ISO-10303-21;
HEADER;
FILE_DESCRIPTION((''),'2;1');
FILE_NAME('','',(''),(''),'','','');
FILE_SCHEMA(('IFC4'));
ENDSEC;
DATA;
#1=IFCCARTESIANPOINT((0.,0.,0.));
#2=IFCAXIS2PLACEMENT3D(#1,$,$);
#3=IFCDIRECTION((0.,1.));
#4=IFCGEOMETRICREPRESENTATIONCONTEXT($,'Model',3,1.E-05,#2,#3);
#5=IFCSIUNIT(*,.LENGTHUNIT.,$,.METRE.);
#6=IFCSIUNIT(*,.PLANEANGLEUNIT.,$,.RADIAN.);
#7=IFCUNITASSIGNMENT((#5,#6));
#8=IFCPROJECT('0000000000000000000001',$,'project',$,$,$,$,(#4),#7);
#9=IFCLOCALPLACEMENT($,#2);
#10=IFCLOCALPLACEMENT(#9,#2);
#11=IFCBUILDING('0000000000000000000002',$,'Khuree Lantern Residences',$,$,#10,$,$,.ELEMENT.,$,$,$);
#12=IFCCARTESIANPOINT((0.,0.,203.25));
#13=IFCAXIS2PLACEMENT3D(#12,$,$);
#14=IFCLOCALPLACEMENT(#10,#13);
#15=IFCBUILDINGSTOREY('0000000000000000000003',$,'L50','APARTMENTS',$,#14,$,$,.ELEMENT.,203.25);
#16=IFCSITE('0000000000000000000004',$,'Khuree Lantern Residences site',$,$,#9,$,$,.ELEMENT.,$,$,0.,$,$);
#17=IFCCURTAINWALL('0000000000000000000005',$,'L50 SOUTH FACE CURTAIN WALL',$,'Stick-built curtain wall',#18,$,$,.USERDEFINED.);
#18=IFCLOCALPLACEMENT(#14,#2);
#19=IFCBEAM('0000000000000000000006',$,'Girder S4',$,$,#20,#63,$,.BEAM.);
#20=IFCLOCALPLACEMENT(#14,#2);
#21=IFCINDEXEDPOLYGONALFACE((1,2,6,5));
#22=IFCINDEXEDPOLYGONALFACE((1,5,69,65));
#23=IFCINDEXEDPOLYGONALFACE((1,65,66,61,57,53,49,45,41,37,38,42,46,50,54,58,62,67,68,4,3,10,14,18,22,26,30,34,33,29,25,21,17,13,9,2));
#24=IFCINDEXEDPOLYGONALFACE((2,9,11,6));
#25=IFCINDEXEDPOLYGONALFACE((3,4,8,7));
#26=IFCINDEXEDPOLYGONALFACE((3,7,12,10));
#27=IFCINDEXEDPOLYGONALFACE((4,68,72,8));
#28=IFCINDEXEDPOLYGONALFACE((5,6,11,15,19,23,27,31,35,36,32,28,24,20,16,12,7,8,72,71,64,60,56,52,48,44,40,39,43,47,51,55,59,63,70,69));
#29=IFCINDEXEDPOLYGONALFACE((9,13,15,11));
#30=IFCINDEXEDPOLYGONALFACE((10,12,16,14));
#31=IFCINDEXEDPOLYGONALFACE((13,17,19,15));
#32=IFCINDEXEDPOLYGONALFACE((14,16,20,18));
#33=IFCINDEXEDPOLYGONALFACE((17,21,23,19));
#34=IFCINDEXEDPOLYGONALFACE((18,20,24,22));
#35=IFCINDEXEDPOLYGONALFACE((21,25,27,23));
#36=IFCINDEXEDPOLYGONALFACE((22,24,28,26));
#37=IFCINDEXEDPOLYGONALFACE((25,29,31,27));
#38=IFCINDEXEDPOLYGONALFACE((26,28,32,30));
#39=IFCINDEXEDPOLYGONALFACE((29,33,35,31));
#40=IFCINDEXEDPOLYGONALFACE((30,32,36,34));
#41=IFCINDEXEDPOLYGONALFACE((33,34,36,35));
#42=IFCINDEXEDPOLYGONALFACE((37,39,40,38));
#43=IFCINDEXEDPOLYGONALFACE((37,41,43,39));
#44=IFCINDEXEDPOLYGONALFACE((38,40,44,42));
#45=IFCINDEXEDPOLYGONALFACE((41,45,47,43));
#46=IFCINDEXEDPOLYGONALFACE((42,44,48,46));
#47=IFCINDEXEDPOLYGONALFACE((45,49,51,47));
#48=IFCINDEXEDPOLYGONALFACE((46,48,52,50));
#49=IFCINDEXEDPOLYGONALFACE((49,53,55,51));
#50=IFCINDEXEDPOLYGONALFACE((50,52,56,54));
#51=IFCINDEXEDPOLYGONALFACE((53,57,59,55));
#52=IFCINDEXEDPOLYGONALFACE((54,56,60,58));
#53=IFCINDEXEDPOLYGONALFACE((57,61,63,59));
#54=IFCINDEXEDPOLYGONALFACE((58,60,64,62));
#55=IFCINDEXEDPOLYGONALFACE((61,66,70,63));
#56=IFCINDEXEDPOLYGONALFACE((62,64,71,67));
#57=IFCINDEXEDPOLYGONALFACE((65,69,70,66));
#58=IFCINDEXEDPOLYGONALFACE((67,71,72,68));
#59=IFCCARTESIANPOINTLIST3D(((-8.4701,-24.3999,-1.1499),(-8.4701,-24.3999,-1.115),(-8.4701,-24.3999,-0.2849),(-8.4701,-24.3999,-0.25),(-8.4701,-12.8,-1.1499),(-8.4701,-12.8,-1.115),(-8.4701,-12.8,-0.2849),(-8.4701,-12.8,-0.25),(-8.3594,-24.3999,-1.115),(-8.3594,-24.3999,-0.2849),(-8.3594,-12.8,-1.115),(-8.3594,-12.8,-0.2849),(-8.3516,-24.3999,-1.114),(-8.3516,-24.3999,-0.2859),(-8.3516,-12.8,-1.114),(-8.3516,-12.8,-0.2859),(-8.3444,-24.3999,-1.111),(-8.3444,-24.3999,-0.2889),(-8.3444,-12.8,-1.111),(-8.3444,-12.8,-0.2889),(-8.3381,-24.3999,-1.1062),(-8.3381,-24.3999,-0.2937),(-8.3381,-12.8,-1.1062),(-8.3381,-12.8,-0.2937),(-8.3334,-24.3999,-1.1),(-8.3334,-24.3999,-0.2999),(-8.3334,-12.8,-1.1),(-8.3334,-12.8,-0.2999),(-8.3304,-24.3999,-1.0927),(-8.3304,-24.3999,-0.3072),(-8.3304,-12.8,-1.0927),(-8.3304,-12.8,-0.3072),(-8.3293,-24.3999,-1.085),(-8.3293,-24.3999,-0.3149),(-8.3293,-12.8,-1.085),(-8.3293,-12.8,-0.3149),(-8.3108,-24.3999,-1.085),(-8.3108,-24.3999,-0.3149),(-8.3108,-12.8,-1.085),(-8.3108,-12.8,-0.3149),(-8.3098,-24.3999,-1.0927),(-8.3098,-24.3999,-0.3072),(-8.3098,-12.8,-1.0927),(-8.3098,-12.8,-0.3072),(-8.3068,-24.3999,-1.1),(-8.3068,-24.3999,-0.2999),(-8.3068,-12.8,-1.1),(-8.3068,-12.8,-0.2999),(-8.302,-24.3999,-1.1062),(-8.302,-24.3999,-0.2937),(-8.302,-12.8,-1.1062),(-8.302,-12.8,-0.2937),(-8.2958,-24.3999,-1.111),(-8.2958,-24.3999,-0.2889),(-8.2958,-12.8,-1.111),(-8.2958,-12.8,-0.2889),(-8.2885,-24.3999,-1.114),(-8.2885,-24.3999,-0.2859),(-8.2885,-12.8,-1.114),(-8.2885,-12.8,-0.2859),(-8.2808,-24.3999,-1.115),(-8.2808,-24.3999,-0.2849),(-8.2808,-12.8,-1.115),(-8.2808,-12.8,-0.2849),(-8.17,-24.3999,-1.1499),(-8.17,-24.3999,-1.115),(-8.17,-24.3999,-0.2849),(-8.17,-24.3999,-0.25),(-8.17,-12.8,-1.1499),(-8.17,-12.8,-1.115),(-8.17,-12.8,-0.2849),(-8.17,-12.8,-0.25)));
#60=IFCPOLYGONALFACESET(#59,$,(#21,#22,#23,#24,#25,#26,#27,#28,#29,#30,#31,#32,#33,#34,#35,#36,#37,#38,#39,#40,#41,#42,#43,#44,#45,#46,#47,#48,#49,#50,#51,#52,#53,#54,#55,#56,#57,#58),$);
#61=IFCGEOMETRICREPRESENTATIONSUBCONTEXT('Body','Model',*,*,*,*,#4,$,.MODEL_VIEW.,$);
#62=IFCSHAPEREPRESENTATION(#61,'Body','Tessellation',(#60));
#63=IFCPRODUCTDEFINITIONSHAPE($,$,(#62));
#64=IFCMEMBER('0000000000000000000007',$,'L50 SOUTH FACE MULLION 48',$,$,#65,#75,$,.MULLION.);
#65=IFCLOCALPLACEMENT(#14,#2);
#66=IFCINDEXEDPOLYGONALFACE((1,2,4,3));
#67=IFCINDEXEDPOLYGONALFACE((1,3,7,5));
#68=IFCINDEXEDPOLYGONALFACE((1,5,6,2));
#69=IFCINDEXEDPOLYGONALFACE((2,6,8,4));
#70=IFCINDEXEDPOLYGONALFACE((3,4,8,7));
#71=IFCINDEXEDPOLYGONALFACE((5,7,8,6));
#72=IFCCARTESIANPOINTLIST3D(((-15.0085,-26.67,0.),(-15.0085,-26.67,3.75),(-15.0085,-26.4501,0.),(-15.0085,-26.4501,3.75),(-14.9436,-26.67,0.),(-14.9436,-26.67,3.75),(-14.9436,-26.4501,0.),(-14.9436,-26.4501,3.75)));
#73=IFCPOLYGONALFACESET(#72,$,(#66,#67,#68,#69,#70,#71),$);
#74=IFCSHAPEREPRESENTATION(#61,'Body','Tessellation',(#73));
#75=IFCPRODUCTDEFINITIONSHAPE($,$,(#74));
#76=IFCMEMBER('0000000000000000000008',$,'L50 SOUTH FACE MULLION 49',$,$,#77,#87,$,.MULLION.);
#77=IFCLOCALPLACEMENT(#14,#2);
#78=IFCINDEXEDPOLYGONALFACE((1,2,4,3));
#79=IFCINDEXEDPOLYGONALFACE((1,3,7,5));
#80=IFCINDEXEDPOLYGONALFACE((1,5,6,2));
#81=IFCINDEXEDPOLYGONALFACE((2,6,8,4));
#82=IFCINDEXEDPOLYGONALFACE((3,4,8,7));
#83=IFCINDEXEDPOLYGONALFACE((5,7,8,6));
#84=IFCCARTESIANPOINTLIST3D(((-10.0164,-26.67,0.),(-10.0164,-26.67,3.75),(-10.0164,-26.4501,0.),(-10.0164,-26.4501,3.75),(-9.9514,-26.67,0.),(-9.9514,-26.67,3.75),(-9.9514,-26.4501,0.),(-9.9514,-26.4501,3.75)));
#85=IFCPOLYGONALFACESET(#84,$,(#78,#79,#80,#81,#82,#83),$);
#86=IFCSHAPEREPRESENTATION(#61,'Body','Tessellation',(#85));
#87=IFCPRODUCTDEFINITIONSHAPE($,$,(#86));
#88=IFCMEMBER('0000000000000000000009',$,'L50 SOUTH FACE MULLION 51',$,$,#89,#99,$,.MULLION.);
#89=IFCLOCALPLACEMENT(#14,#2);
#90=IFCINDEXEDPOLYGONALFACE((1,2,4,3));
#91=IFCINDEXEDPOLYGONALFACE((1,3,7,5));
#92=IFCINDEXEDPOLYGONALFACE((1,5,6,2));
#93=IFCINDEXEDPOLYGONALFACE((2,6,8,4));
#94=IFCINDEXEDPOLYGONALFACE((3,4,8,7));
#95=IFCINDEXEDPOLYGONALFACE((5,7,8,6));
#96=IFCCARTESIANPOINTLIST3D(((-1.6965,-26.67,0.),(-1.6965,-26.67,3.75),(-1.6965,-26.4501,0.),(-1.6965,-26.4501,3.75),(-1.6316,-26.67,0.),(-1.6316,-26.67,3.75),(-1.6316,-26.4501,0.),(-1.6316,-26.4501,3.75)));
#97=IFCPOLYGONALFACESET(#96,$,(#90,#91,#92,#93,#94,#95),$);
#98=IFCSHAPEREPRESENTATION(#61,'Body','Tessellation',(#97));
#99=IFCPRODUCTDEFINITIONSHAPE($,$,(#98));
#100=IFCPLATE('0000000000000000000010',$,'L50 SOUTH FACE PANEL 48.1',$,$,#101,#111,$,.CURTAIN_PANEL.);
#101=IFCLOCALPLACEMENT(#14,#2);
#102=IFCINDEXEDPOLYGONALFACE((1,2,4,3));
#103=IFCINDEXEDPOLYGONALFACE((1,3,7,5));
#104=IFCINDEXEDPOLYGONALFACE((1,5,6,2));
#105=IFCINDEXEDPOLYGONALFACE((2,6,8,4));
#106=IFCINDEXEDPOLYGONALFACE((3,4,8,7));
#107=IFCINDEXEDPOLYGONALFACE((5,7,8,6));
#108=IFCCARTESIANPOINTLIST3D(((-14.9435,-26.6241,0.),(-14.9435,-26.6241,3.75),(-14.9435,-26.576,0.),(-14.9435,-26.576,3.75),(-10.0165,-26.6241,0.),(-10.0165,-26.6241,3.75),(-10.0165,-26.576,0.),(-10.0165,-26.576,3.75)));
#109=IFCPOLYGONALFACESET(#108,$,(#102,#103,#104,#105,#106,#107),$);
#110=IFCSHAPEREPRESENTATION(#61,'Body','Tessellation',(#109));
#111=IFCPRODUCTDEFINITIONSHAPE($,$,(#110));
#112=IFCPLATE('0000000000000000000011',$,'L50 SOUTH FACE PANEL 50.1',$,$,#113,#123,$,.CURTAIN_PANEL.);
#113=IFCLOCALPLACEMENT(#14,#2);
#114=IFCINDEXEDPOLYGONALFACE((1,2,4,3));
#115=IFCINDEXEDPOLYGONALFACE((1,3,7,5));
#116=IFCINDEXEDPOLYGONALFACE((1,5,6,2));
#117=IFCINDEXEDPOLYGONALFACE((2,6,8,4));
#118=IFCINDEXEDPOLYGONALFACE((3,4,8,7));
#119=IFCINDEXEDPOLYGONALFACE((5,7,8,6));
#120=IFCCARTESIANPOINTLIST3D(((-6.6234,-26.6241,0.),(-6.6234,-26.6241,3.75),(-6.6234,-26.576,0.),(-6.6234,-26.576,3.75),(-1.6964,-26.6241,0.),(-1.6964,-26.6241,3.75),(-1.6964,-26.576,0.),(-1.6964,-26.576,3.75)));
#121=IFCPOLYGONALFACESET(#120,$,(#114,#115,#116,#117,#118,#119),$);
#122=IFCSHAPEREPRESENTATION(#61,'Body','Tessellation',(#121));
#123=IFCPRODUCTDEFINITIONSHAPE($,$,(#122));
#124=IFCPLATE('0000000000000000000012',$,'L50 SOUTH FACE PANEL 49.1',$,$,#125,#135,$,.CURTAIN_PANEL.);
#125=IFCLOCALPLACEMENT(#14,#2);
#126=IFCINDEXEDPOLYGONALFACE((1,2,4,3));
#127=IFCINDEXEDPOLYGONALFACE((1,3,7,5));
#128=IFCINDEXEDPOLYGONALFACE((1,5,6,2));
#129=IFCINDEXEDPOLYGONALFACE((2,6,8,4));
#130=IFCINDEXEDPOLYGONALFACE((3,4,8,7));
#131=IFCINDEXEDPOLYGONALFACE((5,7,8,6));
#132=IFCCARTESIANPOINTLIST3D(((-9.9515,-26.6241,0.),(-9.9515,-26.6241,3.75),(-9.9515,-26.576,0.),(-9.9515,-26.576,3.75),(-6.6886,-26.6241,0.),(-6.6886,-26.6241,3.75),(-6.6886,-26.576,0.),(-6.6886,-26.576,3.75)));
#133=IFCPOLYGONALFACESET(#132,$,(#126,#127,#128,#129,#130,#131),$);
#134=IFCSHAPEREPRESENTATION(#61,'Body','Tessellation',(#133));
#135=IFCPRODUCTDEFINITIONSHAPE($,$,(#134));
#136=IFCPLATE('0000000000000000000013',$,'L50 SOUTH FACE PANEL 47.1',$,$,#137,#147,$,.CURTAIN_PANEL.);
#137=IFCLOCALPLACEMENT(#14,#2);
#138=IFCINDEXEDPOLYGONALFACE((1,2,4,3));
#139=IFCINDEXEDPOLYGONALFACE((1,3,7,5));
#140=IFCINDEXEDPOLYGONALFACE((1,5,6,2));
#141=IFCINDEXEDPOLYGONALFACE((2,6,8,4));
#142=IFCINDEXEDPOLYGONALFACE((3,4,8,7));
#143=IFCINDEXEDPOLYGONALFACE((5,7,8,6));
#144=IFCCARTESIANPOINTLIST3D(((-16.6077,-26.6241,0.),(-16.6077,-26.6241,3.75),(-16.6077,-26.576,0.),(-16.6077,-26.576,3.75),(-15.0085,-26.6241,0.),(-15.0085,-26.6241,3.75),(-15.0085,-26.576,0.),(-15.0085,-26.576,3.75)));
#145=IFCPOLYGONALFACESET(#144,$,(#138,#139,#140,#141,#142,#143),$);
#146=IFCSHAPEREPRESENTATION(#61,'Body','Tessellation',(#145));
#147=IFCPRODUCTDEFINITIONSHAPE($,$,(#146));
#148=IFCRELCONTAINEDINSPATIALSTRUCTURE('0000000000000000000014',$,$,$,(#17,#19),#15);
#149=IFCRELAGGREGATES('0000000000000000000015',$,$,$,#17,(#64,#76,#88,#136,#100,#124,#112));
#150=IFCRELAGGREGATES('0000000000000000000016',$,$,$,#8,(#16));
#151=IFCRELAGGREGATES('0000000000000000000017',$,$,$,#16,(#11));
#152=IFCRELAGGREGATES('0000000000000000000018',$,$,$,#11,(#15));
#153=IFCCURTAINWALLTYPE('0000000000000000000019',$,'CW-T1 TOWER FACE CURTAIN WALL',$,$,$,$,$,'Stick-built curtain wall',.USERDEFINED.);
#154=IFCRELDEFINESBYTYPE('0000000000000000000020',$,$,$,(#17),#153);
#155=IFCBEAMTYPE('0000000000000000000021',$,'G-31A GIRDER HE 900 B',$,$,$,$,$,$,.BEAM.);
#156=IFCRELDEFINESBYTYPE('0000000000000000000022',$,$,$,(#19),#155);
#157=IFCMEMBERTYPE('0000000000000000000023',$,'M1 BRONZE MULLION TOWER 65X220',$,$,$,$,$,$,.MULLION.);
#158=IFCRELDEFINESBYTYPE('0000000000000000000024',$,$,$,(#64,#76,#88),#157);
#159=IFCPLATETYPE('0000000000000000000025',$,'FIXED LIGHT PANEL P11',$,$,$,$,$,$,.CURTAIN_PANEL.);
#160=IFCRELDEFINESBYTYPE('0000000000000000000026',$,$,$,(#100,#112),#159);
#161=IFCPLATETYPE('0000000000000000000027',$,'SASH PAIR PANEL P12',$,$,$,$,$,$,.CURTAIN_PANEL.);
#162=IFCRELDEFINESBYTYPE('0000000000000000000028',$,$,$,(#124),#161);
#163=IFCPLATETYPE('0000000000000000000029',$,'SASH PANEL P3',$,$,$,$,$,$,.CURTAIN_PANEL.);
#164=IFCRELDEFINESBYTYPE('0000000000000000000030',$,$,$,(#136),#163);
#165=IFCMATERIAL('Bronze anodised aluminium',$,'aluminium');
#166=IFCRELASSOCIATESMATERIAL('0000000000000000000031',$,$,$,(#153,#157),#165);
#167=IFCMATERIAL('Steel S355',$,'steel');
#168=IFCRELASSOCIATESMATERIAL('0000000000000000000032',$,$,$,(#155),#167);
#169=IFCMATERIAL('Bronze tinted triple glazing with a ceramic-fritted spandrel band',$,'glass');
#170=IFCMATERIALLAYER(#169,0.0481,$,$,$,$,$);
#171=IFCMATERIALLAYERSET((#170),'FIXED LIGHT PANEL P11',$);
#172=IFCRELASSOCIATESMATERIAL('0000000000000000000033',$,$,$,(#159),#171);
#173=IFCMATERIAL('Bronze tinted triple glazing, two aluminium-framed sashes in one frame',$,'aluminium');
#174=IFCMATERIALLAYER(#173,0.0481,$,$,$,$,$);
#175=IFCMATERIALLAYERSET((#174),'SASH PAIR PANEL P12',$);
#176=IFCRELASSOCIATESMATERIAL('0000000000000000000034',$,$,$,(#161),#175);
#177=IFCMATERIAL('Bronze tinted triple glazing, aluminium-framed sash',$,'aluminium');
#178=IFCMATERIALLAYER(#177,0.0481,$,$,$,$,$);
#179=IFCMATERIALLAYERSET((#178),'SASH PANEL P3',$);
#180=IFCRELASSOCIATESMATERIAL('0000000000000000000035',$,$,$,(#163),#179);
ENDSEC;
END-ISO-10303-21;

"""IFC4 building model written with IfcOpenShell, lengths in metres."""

from ifc_helpers import new_model, si_unit, direction, frame, origin, origin_2d, place, context, subcontext, project, spatial, rectangle, i_section, extrude, material, layer, layer_set, material_profile, profile_set, type_object, element, aggregate, save


model = new_model("IFC4")

# Units and contexts
model_context = context("Model", 3, precision=1e-05, world=origin(), true_north=direction((0.0, 1.0)))
body_context = subcontext(model_context, "Body", "Model", "MODEL_VIEW")
ifc_project = project(units=[si_unit("LENGTHUNIT", "METRE"), si_unit("PLANEANGLEUNIT", "RADIAN")], contexts=[model_context])

# Site, building, storey
site_placement = place(None, origin())
site = spatial("IfcSite", under=ifc_project, at=site_placement, Name="Khuree Lantern Residences site", CompositionType="ELEMENT", RefElevation=0.0)
building_placement = place(site_placement, origin())
building = spatial("IfcBuilding", under=site, at=building_placement, Name="Khuree Lantern Residences", CompositionType="ELEMENT")
storey_placement = place(building_placement, frame((0.0, 0.0, 203.25)))
storey = spatial("IfcBuildingStorey", under=building, at=storey_placement, Name="L50", Description="APARTMENTS", CompositionType="ELEMENT", Elevation=203.25)

# Shared definitions
ifc_material_1 = material(Name="Steel S355", Category="steel")

# Curtain wall
ifc_material_2 = material(Name="Bronze anodised aluminium", Category="aluminium")
curtain_wall_type = type_object("IfcCurtainWallType", Name="CW-T1 TOWER FACE CURTAIN WALL", ElementType="Stick-built curtain wall", PredefinedType="USERDEFINED", material=ifc_material_2)
curtain_wall_placement = place(storey_placement, origin())
curtain_wall = element("IfcCurtainWall", 1, at=curtain_wall_placement, inside=storey, type_object=curtain_wall_type, Name="L50 SOUTH FACE CURTAIN WALL", ObjectType="Stick-built curtain wall", PredefinedType="USERDEFINED")

# Beam
ifc_material_profile_1 = material_profile(ifc_material_1, i_section(OverallWidth=0.3, OverallDepth=0.8999, WebThickness=0.0186, FlangeThickness=0.0349, FilletRadius=0.03, at=origin_2d()), Name="HE 900 B")
ifc_profile_set_1 = profile_set([ifc_material_profile_1], Name="Steel S355")
beam_type_1 = type_object("IfcBeamType", Name="G-31A GIRDER HE 900 B", PredefinedType="BEAM", material=ifc_profile_set_1)
beam_1_placement = place(storey_placement, frame((-8.3201, -24.3999, -0.7), z_axis=(0.0, 1.0, 0.0), x_axis=(-1.0, 0.0, 0.0)))
element("IfcBeam", 2, at=beam_1_placement, inside=storey, type_object=beam_type_1, Name="Girder S4", PredefinedType="BEAM", context=body_context, shape_type="SweptSolid", body=[
    extrude(i_section(OverallWidth=0.3, OverallDepth=0.8999, WebThickness=0.0186, FlangeThickness=0.0349, FilletRadius=0.03, at=origin_2d()), origin(), (0.0, 0.0, 1.0), 11.5999),
])

# Members
ifc_material_profile_2 = material_profile(ifc_material_2, rectangle(XDim=0.0649, YDim=0.22, at=origin_2d()), Name="M1 65X220")
ifc_profile_set_2 = profile_set([ifc_material_profile_2], Name="Bronze anodised aluminium")
member_type_1 = type_object("IfcMemberType", Name="M1 BRONZE MULLION TOWER 65X220", PredefinedType="MULLION", material=ifc_profile_set_2)
member_1_placement = place(storey_placement, frame((-14.9761, -26.5601, 0.0), z_axis=(0.0, 0.0, 1.0), x_axis=(1.0, 0.0, 0.0)))
member_1 = element("IfcMember", 3, at=member_1_placement, type_object=member_type_1, Name="L50 SOUTH FACE MULLION 48", PredefinedType="MULLION", context=body_context, shape_type="SweptSolid", body=[
    extrude(rectangle(XDim=0.0649, YDim=0.22, at=origin_2d()), origin(), (0.0, 0.0, 1.0), 3.75),
])
member_2_placement = place(storey_placement, frame((-9.9839, -26.5601, 0.0), z_axis=(0.0, 0.0, 1.0), x_axis=(1.0, 0.0, 0.0)))
member_2 = element("IfcMember", 4, at=member_2_placement, type_object=member_type_1, Name="L50 SOUTH FACE MULLION 49", PredefinedType="MULLION", context=body_context, shape_type="SweptSolid", body=[
    extrude(rectangle(XDim=0.0649, YDim=0.22, at=origin_2d()), origin(), (0.0, 0.0, 1.0), 3.75),
])
member_3_placement = place(storey_placement, frame((-1.6641, -26.5601, 0.0), z_axis=(0.0, 0.0, 1.0), x_axis=(1.0, 0.0, 0.0)))
member_3 = element("IfcMember", 5, at=member_3_placement, type_object=member_type_1, Name="L50 SOUTH FACE MULLION 51", PredefinedType="MULLION", context=body_context, shape_type="SweptSolid", body=[
    extrude(rectangle(XDim=0.0649, YDim=0.22, at=origin_2d()), origin(), (0.0, 0.0, 1.0), 3.75),
])

# Plates
ifc_material_3 = material(Name="Bronze tinted triple glazing with a ceramic-fritted spandrel band", Category="glass")
ifc_layer_1 = layer(ifc_material_3, 0.0481)
ifc_layer_set_1 = layer_set([ifc_layer_1], Name="FIXED LIGHT PANEL P11")
plate_type_1 = type_object("IfcPlateType", Name="FIXED LIGHT PANEL P11", PredefinedType="CURTAIN_PANEL", material=ifc_layer_set_1)
plate_1_placement = place(storey_placement, frame((-12.48, -26.6001, 0.0), z_axis=(0.0, 0.0, 1.0), x_axis=(1.0, 0.0, 0.0)))
plate_1 = element("IfcPlate", 6, at=plate_1_placement, type_object=plate_type_1, Name="L50 SOUTH FACE PANEL 48.1", PredefinedType="CURTAIN_PANEL", context=body_context, shape_type="SweptSolid", body=[
    extrude(rectangle(XDim=4.927, YDim=0.0481, at=origin_2d()), origin(), (0.0, 0.0, 1.0), 3.75),
])
plate_2_placement = place(storey_placement, frame((-4.1599, -26.6001, 0.0), z_axis=(0.0, 0.0, 1.0), x_axis=(1.0, 0.0, 0.0)))
plate_2 = element("IfcPlate", 7, at=plate_2_placement, type_object=plate_type_1, Name="L50 SOUTH FACE PANEL 50.1", PredefinedType="CURTAIN_PANEL", context=body_context, shape_type="SweptSolid", body=[
    extrude(rectangle(XDim=4.927, YDim=0.0481, at=origin_2d()), origin(), (0.0, 0.0, 1.0), 3.75),
])
ifc_material_4 = material(Name="Bronze tinted triple glazing, two aluminium-framed sashes in one frame", Category="aluminium")
ifc_layer_2 = layer(ifc_material_4, 0.0481)
ifc_layer_set_2 = layer_set([ifc_layer_2], Name="SASH PAIR PANEL P12")
plate_type_2 = type_object("IfcPlateType", Name="SASH PAIR PANEL P12", PredefinedType="CURTAIN_PANEL", material=ifc_layer_set_2)
plate_3_placement = place(storey_placement, frame((-8.3201, -26.6001, 0.0), z_axis=(0.0, 0.0, 1.0), x_axis=(1.0, 0.0, 0.0)))
plate_3 = element("IfcPlate", 8, at=plate_3_placement, type_object=plate_type_2, Name="L50 SOUTH FACE PANEL 49.1", PredefinedType="CURTAIN_PANEL", context=body_context, shape_type="SweptSolid", body=[
    extrude(rectangle(XDim=3.2629, YDim=0.0481, at=origin_2d()), origin(), (0.0, 0.0, 1.0), 3.75),
])
ifc_material_5 = material(Name="Bronze tinted triple glazing, aluminium-framed sash", Category="aluminium")
ifc_layer_3 = layer(ifc_material_5, 0.0481)
ifc_layer_set_3 = layer_set([ifc_layer_3], Name="SASH PANEL P3")
plate_type_3 = type_object("IfcPlateType", Name="SASH PANEL P3", PredefinedType="CURTAIN_PANEL", material=ifc_layer_set_3)
plate_4_placement = place(storey_placement, frame((-15.8081, -26.6001, 0.0), z_axis=(0.0, 0.0, 1.0), x_axis=(1.0, 0.0, 0.0)))
plate_4 = element("IfcPlate", 9, at=plate_4_placement, type_object=plate_type_3, Name="L50 SOUTH FACE PANEL 47.1", PredefinedType="CURTAIN_PANEL", context=body_context, shape_type="SweptSolid", body=[
    extrude(rectangle(XDim=1.5991, YDim=0.0481, at=origin_2d()), origin(), (0.0, 0.0, 1.0), 3.75),
])
aggregate(curtain_wall, [member_1, member_2, member_3, plate_4, plate_1, plate_3, plate_2])

save(model, "model.ifc")
